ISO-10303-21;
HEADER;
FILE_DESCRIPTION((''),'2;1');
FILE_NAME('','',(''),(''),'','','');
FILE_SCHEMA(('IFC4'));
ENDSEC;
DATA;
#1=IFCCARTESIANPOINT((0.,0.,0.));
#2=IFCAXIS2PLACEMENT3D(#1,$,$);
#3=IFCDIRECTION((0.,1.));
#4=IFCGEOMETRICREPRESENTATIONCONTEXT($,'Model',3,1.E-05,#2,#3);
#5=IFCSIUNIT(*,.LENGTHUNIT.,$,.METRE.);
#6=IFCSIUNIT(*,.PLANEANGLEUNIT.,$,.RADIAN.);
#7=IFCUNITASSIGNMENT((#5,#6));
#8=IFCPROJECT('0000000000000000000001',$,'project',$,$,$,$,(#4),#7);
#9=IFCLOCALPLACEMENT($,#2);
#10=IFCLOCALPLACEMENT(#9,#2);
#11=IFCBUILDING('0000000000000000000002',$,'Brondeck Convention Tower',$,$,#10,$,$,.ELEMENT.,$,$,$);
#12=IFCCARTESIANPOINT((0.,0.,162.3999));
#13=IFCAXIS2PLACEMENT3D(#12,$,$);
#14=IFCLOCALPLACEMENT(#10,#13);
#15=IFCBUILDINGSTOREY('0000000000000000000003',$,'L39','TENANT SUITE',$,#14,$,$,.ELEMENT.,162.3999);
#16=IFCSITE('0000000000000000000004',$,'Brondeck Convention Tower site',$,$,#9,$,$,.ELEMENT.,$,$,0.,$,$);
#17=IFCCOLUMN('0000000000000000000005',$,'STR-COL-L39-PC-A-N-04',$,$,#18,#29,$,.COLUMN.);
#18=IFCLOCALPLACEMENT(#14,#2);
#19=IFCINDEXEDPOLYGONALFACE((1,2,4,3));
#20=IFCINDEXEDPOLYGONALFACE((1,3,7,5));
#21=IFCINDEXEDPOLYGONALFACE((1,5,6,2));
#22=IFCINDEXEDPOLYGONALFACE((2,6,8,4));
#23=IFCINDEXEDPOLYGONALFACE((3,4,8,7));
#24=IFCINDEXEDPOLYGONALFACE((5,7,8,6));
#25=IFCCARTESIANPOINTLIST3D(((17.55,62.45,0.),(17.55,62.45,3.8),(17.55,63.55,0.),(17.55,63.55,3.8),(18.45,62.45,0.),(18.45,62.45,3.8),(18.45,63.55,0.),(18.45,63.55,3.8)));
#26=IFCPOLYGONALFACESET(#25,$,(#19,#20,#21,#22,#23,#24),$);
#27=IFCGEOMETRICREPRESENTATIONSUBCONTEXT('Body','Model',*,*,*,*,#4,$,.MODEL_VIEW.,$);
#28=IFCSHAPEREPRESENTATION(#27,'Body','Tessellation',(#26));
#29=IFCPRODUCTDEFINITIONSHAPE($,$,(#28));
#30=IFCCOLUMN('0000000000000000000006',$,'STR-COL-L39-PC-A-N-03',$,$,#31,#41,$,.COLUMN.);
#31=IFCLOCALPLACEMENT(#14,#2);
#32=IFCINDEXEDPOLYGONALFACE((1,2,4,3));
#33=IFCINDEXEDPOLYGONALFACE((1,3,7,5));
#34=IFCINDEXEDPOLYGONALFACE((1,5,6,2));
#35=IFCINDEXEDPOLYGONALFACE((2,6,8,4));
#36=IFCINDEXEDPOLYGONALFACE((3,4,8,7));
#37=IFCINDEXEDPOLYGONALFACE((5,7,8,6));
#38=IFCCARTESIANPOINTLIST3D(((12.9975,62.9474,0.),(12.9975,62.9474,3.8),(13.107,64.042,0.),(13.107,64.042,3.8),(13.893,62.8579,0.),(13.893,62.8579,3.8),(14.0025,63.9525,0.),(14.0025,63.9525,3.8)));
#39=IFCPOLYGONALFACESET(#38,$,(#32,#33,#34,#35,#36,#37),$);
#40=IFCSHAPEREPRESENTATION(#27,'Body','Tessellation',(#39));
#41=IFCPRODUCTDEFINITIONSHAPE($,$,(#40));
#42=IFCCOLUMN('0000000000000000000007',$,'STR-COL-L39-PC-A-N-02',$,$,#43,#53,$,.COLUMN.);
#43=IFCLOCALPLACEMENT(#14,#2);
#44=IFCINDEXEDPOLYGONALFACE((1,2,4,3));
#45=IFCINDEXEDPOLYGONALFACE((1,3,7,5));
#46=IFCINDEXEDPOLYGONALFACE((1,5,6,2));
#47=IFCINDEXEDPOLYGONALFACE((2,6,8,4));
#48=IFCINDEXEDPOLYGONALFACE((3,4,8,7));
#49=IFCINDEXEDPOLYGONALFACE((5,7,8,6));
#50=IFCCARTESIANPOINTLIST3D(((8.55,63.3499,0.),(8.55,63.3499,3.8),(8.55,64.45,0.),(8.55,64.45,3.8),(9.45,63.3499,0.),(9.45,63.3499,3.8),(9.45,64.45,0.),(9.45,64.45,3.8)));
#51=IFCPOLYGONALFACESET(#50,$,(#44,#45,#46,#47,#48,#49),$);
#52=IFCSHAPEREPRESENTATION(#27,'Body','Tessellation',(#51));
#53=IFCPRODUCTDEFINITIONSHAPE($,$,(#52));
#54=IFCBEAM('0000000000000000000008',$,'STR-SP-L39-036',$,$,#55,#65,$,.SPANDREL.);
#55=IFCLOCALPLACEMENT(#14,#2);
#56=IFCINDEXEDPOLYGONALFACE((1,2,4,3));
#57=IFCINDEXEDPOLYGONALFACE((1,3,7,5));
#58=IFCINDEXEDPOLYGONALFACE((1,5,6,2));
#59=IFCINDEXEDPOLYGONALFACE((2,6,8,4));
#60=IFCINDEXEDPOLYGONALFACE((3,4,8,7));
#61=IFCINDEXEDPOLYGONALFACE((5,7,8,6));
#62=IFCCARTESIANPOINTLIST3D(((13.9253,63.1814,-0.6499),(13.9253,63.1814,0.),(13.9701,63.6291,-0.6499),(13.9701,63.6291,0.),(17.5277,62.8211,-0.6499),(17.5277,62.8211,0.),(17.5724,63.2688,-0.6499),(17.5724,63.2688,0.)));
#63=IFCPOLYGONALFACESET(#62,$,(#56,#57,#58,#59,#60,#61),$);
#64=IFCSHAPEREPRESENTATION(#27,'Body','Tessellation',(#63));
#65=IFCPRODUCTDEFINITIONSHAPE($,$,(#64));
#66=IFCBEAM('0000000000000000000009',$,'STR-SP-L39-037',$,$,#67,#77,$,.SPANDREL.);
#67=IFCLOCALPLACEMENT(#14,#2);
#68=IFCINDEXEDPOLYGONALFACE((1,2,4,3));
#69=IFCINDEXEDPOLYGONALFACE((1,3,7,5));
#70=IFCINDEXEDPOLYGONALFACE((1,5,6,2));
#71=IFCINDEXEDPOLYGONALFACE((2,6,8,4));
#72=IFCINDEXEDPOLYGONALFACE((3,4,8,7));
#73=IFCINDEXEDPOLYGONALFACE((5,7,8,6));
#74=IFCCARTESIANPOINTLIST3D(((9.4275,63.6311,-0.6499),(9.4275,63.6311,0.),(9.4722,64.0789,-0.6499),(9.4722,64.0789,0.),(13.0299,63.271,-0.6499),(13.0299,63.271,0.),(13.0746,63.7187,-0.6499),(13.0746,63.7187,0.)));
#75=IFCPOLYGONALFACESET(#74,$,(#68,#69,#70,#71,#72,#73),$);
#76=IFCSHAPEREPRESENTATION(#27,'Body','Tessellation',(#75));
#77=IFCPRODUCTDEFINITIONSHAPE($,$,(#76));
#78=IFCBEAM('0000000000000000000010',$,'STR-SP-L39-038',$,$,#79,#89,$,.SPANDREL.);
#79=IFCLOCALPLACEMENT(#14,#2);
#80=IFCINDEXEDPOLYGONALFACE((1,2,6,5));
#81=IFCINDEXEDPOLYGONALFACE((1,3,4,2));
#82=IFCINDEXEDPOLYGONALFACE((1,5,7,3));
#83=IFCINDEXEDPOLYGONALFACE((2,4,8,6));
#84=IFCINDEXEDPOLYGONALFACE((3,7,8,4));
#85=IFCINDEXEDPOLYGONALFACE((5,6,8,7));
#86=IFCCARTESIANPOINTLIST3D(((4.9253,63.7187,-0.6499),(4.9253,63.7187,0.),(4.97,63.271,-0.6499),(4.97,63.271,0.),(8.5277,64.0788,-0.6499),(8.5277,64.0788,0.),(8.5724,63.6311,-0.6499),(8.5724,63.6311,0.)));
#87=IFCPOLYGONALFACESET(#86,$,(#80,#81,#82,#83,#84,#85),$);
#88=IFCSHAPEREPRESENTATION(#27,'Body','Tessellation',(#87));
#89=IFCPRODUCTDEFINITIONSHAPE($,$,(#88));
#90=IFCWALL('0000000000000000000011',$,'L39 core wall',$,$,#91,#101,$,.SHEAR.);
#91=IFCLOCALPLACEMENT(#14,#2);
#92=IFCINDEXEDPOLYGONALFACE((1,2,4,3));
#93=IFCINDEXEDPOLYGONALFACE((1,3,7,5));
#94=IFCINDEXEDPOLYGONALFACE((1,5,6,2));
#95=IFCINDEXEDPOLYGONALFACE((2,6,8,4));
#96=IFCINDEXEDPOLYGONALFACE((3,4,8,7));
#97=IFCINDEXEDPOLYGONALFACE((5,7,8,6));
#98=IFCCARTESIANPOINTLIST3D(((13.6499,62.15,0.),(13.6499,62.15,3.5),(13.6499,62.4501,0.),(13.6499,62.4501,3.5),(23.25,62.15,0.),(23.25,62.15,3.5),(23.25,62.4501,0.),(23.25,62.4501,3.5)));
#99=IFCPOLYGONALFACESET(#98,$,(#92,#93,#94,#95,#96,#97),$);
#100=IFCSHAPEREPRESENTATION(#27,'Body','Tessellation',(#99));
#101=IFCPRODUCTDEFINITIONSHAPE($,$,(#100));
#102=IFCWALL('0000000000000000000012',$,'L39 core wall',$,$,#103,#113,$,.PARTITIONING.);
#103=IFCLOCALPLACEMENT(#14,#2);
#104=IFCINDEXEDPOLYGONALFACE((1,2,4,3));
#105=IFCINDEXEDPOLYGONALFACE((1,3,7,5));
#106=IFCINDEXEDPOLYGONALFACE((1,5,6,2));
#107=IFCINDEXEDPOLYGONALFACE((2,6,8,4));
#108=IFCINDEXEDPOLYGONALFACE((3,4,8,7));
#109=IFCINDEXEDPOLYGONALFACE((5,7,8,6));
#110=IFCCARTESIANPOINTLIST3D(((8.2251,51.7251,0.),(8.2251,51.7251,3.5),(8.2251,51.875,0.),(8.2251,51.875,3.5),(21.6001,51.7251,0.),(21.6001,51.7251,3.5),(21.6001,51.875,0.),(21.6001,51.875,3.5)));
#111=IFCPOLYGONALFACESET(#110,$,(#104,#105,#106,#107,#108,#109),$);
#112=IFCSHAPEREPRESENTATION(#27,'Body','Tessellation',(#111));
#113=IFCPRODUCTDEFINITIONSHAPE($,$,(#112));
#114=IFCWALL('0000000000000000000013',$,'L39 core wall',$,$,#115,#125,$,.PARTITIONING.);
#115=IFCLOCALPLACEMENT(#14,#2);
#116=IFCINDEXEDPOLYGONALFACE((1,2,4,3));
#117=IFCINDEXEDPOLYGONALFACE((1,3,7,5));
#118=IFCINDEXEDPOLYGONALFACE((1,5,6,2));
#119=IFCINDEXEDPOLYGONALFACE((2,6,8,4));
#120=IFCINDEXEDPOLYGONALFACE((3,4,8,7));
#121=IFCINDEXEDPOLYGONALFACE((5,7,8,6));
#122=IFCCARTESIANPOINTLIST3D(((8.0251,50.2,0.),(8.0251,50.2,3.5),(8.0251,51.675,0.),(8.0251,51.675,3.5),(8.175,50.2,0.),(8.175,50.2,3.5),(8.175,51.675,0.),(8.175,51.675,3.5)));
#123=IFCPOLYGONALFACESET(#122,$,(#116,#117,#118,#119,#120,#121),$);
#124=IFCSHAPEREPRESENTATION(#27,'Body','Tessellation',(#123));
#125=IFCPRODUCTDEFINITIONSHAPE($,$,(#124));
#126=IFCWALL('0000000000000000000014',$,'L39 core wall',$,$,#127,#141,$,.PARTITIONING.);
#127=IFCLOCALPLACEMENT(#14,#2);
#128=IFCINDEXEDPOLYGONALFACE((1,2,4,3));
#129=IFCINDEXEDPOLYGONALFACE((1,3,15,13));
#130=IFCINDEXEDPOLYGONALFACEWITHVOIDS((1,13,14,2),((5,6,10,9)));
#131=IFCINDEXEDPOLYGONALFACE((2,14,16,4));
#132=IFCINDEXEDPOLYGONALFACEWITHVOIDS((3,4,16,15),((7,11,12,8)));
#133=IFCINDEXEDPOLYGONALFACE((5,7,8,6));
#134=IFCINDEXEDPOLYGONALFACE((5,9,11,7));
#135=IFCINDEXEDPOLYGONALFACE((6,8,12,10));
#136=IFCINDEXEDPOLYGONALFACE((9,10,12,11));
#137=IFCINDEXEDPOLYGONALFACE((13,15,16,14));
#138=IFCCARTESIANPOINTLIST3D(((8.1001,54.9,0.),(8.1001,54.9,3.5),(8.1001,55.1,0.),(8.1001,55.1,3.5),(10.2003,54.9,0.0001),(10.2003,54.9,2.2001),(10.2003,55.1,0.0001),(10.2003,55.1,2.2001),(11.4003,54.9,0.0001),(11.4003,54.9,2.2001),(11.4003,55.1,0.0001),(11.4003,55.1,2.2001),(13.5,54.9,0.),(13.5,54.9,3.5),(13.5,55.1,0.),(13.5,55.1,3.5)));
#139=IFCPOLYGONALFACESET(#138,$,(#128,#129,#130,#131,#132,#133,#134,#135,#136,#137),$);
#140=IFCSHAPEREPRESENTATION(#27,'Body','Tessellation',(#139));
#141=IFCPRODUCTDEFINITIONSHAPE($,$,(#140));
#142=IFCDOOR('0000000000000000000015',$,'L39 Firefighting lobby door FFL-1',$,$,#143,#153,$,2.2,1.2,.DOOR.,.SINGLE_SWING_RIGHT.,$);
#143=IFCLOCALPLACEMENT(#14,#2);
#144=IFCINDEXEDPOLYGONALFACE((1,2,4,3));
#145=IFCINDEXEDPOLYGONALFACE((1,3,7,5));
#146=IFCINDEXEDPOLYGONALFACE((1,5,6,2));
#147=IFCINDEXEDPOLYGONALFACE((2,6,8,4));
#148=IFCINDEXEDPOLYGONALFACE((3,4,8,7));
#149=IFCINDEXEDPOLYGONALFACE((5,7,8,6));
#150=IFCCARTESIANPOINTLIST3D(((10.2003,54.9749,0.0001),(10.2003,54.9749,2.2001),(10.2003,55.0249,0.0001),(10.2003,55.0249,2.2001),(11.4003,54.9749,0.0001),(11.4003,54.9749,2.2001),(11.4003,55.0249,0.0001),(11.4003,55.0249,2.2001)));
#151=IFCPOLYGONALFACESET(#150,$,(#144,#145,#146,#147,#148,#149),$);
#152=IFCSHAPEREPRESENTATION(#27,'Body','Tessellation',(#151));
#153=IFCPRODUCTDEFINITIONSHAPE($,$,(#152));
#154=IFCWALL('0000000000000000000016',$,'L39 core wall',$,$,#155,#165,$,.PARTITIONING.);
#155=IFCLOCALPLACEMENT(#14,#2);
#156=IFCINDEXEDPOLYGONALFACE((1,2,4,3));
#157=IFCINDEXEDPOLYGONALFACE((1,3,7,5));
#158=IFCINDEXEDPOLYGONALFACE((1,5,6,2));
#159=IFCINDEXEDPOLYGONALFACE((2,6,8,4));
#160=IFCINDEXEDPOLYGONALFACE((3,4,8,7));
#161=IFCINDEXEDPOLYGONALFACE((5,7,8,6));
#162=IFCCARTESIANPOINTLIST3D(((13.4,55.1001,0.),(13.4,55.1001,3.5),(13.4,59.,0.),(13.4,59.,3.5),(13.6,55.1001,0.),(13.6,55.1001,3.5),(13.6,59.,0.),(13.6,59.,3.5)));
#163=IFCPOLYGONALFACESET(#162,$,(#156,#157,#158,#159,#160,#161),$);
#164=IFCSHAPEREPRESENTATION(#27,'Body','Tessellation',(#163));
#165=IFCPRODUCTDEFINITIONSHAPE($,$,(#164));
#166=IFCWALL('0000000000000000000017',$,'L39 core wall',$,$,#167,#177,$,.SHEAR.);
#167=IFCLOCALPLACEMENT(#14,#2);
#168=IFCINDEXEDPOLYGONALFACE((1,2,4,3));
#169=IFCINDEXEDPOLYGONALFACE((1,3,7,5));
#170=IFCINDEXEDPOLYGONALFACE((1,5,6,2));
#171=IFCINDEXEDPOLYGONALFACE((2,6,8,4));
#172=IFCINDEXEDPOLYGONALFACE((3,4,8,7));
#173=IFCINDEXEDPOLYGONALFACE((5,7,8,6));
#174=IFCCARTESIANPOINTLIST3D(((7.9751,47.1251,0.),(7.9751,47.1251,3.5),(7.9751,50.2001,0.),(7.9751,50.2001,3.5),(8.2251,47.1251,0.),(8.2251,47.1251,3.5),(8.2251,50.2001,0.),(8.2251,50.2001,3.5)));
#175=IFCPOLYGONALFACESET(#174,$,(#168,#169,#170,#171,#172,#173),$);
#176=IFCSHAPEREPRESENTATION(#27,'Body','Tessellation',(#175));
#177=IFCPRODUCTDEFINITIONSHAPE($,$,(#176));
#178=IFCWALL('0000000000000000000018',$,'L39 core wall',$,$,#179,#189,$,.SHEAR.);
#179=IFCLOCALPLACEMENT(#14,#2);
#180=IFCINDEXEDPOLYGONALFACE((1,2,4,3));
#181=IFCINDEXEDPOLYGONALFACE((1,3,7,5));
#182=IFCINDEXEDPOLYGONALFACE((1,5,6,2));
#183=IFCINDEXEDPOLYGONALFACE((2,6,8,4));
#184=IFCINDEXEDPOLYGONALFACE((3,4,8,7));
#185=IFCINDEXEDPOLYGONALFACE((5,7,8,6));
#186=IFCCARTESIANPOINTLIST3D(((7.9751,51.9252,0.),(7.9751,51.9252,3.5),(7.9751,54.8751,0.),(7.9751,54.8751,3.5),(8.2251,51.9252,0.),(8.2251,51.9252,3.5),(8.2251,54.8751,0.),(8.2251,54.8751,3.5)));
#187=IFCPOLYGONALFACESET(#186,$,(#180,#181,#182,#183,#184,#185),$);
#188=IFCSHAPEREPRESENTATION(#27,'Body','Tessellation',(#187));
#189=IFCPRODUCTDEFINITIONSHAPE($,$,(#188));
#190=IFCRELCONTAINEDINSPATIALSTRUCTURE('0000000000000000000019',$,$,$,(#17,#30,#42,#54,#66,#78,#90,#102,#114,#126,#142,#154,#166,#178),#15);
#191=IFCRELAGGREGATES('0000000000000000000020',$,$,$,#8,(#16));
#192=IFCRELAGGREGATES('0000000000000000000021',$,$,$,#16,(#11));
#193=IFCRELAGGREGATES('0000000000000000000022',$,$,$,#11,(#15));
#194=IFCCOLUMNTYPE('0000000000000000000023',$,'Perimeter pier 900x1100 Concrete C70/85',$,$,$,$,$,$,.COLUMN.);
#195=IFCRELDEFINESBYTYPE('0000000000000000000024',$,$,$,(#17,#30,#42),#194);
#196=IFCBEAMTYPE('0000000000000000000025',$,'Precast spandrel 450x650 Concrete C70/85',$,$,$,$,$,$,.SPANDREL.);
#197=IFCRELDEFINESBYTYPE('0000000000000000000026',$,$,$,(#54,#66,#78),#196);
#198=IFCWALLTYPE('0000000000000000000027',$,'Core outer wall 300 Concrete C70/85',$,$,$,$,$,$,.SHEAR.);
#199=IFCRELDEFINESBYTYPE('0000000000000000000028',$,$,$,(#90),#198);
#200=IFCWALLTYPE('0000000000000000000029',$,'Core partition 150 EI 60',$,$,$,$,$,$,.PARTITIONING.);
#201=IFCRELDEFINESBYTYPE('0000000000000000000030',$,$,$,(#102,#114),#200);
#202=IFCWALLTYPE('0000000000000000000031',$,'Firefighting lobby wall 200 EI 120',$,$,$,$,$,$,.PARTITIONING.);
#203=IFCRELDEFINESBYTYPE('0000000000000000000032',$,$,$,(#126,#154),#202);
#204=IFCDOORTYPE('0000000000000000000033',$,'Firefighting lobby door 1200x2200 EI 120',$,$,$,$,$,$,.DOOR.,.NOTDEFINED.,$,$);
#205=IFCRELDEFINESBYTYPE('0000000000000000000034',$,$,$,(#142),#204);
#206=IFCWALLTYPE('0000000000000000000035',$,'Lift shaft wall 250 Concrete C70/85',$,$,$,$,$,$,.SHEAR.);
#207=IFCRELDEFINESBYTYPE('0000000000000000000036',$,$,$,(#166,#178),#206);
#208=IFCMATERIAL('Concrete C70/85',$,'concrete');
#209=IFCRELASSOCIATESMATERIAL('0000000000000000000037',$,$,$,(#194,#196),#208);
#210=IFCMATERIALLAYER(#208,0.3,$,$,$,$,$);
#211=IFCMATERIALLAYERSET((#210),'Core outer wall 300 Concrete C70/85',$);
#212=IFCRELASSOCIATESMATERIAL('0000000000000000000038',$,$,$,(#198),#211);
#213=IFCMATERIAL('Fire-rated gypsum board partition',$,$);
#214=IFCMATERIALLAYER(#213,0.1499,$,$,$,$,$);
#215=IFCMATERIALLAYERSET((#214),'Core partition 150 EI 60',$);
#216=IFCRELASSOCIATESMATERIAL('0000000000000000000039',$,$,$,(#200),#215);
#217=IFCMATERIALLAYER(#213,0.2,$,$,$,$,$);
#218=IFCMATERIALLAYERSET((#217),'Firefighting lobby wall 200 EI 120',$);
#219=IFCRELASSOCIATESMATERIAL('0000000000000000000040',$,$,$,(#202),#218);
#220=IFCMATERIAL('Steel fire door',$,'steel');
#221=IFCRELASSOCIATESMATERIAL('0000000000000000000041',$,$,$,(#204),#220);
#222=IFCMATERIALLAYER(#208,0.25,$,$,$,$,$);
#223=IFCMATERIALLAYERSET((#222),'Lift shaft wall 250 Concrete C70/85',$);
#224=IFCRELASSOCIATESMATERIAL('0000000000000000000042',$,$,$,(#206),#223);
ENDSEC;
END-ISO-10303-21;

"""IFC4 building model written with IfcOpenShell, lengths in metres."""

from ifc_helpers import new_model, si_unit, direction, frame, frame_2d, origin, origin_2d, place, context, subcontext, project, spatial, rectangle, extrude, material, layer, layer_set, material_profile, profile_set, type_object, element, fill, save


model = new_model("IFC4")

# Units and contexts
model_context = context("Model", 3, precision=1e-05, world=origin(), true_north=direction((0.0, 1.0)))
body_context = subcontext(model_context, "Body", "Model", "MODEL_VIEW")
ifc_project = project(units=[si_unit("LENGTHUNIT", "METRE"), si_unit("PLANEANGLEUNIT", "RADIAN")], contexts=[model_context])

# Site, building, storey
site_placement = place(None, origin())
site = spatial("IfcSite", under=ifc_project, at=site_placement, Name="Brondeck Convention Tower site", CompositionType="ELEMENT", RefElevation=0.0)
building_placement = place(site_placement, origin())
building = spatial("IfcBuilding", under=site, at=building_placement, Name="Brondeck Convention Tower", CompositionType="ELEMENT")
storey_placement = place(building_placement, frame((0.0, 0.0, 162.3999)))
storey = spatial("IfcBuildingStorey", under=building, at=storey_placement, Name="L39", Description="TENANT SUITE", CompositionType="ELEMENT", Elevation=162.3999)

# Columns
ifc_material_1 = material(Name="Concrete C70/85", Category="concrete")
ifc_material_profile_1 = material_profile(ifc_material_1, rectangle(XDim=0.8999, YDim=1.1001, at=origin_2d()), Name="Perimeter pier 900x1100 Concrete C70/85")
ifc_profile_set_1 = profile_set([ifc_material_profile_1], Name="Concrete C70/85")
column_type = type_object("IfcColumnType", Name="Perimeter pier 900x1100 Concrete C70/85", PredefinedType="COLUMN", material=ifc_profile_set_1)
for number, where, z_axis, x_axis, name in (
    (1, (18.0, 63.0, 0.0), (0.0, 0.0, 1.0), (-1.0, 0.0, 0.0), "STR-COL-L39-PC-A-N-04"),
    (2, (13.5, 63.45, 0.0), (0.0, 0.0, 1.0), (-0.995037, 0.099504, 0.0), "STR-COL-L39-PC-A-N-03"),
    (3, (9.0, 63.8999, 0.0), (0.0, 0.0, 1.0), (-1.0, 0.0, 0.0), "STR-COL-L39-PC-A-N-02"),
):
    element("IfcColumn", number, at=place(storey_placement, frame(where, z_axis=z_axis, x_axis=x_axis)), inside=storey, type_object=column_type, Name=name, PredefinedType="COLUMN", context=body_context, shape_type="SweptSolid", body=[
        extrude(rectangle(XDim=0.8999, YDim=1.1001, at=origin_2d()), origin(), (0.0, 0.0, 1.0), 3.8),
    ])

# Beams
ifc_material_profile_2 = material_profile(ifc_material_1, rectangle(XDim=0.45, YDim=0.6499, at=origin_2d()), Name="Precast spandrel 450x650 Concrete C70/85")
ifc_profile_set_2 = profile_set([ifc_material_profile_2], Name="Concrete C70/85")
beam_type = type_object("IfcBeamType", Name="Precast spandrel 450x650 Concrete C70/85", PredefinedType="SPANDREL", material=ifc_profile_set_2)
for number, where, z_axis, x_axis, name in (
    (4, (17.55, 63.0449, -0.325), (-0.995034, 0.099537, 0.0), (-0.099537, -0.995034, 0.0), "STR-SP-L39-036"),
    (5, (13.0522, 63.4949, -0.325), (-0.995041, 0.09947, 0.0), (-0.09947, -0.995041, 0.0), "STR-SP-L39-037"),
    (6, (8.55, 63.855, -0.325), (-0.995041, -0.09947, 0.0), (0.09947, -0.995041, 0.0), "STR-SP-L39-038"),
):
    element("IfcBeam", number, at=place(storey_placement, frame(where, z_axis=z_axis, x_axis=x_axis)), inside=storey, type_object=beam_type, Name=name, PredefinedType="SPANDREL", context=body_context, shape_type="SweptSolid", body=[
        extrude(rectangle(XDim=0.45, YDim=0.6499, at=origin_2d()), origin(), (0.0, 0.0, 1.0), 3.6204),
    ])

# Walls
ifc_layer_1 = layer(ifc_material_1, 0.3)
ifc_layer_set_1 = layer_set([ifc_layer_1], Name="Core outer wall 300 Concrete C70/85")
wall_type_1 = type_object("IfcWallType", Name="Core outer wall 300 Concrete C70/85", PredefinedType="SHEAR", material=ifc_layer_set_1)
wall_1_placement = place(storey_placement, frame((13.6499, 62.3, 0.0), z_axis=(0.0, 0.0, 1.0), x_axis=(1.0, 0.0, 0.0)))
element("IfcWall", 7, at=wall_1_placement, inside=storey, type_object=wall_type_1, Name="L39 core wall", PredefinedType="SHEAR", context=body_context, shape_type="SweptSolid", body=[
    extrude(rectangle(XDim=9.6001, YDim=0.3, at=frame_2d((4.8, 0.0))), origin(), (0.0, 0.0, 1.0), 3.5),
])
ifc_material_2 = material(Name="Fire-rated gypsum board partition")
ifc_layer_2 = layer(ifc_material_2, 0.1499)
ifc_layer_set_2 = layer_set([ifc_layer_2], Name="Core partition 150 EI 60")
wall_type_2 = type_object("IfcWallType", Name="Core partition 150 EI 60", PredefinedType="PARTITIONING", material=ifc_layer_set_2)
wall_2_placement = place(storey_placement, frame((8.2251, 51.8, 0.0), z_axis=(0.0, 0.0, 1.0), x_axis=(1.0, 0.0, 0.0)))
element("IfcWall", 8, at=wall_2_placement, inside=storey, type_object=wall_type_2, Name="L39 core wall", PredefinedType="PARTITIONING", context=body_context, shape_type="SweptSolid", body=[
    extrude(rectangle(XDim=13.375, YDim=0.1499, at=frame_2d((6.6875, 0.0))), origin(), (0.0, 0.0, 1.0), 3.5),
])
wall_3_placement = place(storey_placement, frame((8.1001, 50.2, 0.0), z_axis=(0.0, 0.0, 1.0), x_axis=(0.0, 1.0, 0.0)))
element("IfcWall", 9, at=wall_3_placement, inside=storey, type_object=wall_type_2, Name="L39 core wall", PredefinedType="PARTITIONING", context=body_context, shape_type="SweptSolid", body=[
    extrude(rectangle(XDim=1.4751, YDim=0.1499, at=frame_2d((0.7375, 0.0))), origin(), (0.0, 0.0, 1.0), 3.5),
])

# Wall, opening, door
ifc_layer_3 = layer(ifc_material_2, 0.2)
ifc_layer_set_3 = layer_set([ifc_layer_3], Name="Firefighting lobby wall 200 EI 120")
wall_type_3 = type_object("IfcWallType", Name="Firefighting lobby wall 200 EI 120", PredefinedType="PARTITIONING", material=ifc_layer_set_3)
wall_4_placement = place(storey_placement, frame((8.1001, 55.0, 0.0), z_axis=(0.0, 0.0, 1.0), x_axis=(1.0, 0.0, 0.0)))
wall_4 = element("IfcWall", 10, at=wall_4_placement, inside=storey, type_object=wall_type_3, Name="L39 core wall", PredefinedType="PARTITIONING", context=body_context, shape_type="SweptSolid", body=[
    extrude(rectangle(XDim=5.3999, YDim=0.2, at=frame_2d((2.7, 0.0))), origin(), (0.0, 0.0, 1.0), 3.5),
])
opening_1_placement = place(wall_4_placement, frame((2.1001, 0.0, 0.0)))
opening_1 = element("IfcOpeningElement", 11, at=opening_1_placement, cuts=wall_4, PredefinedType="OPENING", context=body_context, shape_type="SweptSolid", body=[
    extrude(rectangle(XDim=1.2, YDim=2.2, at=frame_2d((0.6001, 1.1001))), frame((0.0, 0.1099, 0.0), z_axis=(0.0, -1.0, 0.0), x_axis=(1.0, 0.0, 0.0)), (0.0, 0.0, 1.0), 0.22),
])
ifc_material_3 = material(Name="Steel fire door", Category="steel")
door_type_1 = type_object("IfcDoorType", Name="Firefighting lobby door 1200x2200 EI 120", OperationType="NOTDEFINED", PredefinedType="DOOR", material=ifc_material_3)
door_1_placement = place(opening_1_placement, origin())
door_1 = element("IfcDoor", 12, at=door_1_placement, inside=storey, type_object=door_type_1, Name="L39 Firefighting lobby door FFL-1", OperationType="SINGLE_SWING_RIGHT", OverallHeight=2.2, OverallWidth=1.2, PredefinedType="DOOR", context=body_context, shape_type="SweptSolid", body=[
    extrude(rectangle(XDim=1.2, YDim=2.2, at=frame_2d((0.6001, 1.1001))), frame((0.0, 0.0249, 0.0), z_axis=(0.0, -1.0, 0.0), x_axis=(1.0, 0.0, 0.0)), (0.0, 0.0, 1.0), 0.05),
])
fill(opening_1, door_1)

# Walls
wall_5_placement = place(storey_placement, frame((13.5, 55.1001, 0.0), z_axis=(0.0, 0.0, 1.0), x_axis=(0.0, 1.0, 0.0)))
element("IfcWall", 13, at=wall_5_placement, inside=storey, type_object=wall_type_3, Name="L39 core wall", PredefinedType="PARTITIONING", context=body_context, shape_type="SweptSolid", body=[
    extrude(rectangle(XDim=3.8999, YDim=0.2, at=frame_2d((1.95, 0.0))), origin(), (0.0, 0.0, 1.0), 3.5),
])
ifc_layer_4 = layer(ifc_material_1, 0.25)
ifc_layer_set_4 = layer_set([ifc_layer_4], Name="Lift shaft wall 250 Concrete C70/85")
wall_type_4 = type_object("IfcWallType", Name="Lift shaft wall 250 Concrete C70/85", PredefinedType="SHEAR", material=ifc_layer_set_4)
wall_6_placement = place(storey_placement, frame((8.1001, 47.125, 0.0), z_axis=(0.0, 0.0, 1.0), x_axis=(0.0, 1.0, 0.0)))
element("IfcWall", 14, at=wall_6_placement, inside=storey, type_object=wall_type_4, Name="L39 core wall", PredefinedType="SHEAR", context=body_context, shape_type="SweptSolid", body=[
    extrude(rectangle(XDim=3.075, YDim=0.25, at=frame_2d((1.5376, 0.0))), origin(), (0.0, 0.0, 1.0), 3.5),
])
wall_7_placement = place(storey_placement, frame((8.1001, 51.925, 0.0), z_axis=(0.0, 0.0, 1.0), x_axis=(0.0, 1.0, 0.0)))
element("IfcWall", 15, at=wall_7_placement, inside=storey, type_object=wall_type_4, Name="L39 core wall", PredefinedType="SHEAR", context=body_context, shape_type="SweptSolid", body=[
    extrude(rectangle(XDim=2.95, YDim=0.25, at=frame_2d((1.4751, 0.0))), origin(), (0.0, 0.0, 1.0), 3.5),
])

save(model, "model.ifc")
